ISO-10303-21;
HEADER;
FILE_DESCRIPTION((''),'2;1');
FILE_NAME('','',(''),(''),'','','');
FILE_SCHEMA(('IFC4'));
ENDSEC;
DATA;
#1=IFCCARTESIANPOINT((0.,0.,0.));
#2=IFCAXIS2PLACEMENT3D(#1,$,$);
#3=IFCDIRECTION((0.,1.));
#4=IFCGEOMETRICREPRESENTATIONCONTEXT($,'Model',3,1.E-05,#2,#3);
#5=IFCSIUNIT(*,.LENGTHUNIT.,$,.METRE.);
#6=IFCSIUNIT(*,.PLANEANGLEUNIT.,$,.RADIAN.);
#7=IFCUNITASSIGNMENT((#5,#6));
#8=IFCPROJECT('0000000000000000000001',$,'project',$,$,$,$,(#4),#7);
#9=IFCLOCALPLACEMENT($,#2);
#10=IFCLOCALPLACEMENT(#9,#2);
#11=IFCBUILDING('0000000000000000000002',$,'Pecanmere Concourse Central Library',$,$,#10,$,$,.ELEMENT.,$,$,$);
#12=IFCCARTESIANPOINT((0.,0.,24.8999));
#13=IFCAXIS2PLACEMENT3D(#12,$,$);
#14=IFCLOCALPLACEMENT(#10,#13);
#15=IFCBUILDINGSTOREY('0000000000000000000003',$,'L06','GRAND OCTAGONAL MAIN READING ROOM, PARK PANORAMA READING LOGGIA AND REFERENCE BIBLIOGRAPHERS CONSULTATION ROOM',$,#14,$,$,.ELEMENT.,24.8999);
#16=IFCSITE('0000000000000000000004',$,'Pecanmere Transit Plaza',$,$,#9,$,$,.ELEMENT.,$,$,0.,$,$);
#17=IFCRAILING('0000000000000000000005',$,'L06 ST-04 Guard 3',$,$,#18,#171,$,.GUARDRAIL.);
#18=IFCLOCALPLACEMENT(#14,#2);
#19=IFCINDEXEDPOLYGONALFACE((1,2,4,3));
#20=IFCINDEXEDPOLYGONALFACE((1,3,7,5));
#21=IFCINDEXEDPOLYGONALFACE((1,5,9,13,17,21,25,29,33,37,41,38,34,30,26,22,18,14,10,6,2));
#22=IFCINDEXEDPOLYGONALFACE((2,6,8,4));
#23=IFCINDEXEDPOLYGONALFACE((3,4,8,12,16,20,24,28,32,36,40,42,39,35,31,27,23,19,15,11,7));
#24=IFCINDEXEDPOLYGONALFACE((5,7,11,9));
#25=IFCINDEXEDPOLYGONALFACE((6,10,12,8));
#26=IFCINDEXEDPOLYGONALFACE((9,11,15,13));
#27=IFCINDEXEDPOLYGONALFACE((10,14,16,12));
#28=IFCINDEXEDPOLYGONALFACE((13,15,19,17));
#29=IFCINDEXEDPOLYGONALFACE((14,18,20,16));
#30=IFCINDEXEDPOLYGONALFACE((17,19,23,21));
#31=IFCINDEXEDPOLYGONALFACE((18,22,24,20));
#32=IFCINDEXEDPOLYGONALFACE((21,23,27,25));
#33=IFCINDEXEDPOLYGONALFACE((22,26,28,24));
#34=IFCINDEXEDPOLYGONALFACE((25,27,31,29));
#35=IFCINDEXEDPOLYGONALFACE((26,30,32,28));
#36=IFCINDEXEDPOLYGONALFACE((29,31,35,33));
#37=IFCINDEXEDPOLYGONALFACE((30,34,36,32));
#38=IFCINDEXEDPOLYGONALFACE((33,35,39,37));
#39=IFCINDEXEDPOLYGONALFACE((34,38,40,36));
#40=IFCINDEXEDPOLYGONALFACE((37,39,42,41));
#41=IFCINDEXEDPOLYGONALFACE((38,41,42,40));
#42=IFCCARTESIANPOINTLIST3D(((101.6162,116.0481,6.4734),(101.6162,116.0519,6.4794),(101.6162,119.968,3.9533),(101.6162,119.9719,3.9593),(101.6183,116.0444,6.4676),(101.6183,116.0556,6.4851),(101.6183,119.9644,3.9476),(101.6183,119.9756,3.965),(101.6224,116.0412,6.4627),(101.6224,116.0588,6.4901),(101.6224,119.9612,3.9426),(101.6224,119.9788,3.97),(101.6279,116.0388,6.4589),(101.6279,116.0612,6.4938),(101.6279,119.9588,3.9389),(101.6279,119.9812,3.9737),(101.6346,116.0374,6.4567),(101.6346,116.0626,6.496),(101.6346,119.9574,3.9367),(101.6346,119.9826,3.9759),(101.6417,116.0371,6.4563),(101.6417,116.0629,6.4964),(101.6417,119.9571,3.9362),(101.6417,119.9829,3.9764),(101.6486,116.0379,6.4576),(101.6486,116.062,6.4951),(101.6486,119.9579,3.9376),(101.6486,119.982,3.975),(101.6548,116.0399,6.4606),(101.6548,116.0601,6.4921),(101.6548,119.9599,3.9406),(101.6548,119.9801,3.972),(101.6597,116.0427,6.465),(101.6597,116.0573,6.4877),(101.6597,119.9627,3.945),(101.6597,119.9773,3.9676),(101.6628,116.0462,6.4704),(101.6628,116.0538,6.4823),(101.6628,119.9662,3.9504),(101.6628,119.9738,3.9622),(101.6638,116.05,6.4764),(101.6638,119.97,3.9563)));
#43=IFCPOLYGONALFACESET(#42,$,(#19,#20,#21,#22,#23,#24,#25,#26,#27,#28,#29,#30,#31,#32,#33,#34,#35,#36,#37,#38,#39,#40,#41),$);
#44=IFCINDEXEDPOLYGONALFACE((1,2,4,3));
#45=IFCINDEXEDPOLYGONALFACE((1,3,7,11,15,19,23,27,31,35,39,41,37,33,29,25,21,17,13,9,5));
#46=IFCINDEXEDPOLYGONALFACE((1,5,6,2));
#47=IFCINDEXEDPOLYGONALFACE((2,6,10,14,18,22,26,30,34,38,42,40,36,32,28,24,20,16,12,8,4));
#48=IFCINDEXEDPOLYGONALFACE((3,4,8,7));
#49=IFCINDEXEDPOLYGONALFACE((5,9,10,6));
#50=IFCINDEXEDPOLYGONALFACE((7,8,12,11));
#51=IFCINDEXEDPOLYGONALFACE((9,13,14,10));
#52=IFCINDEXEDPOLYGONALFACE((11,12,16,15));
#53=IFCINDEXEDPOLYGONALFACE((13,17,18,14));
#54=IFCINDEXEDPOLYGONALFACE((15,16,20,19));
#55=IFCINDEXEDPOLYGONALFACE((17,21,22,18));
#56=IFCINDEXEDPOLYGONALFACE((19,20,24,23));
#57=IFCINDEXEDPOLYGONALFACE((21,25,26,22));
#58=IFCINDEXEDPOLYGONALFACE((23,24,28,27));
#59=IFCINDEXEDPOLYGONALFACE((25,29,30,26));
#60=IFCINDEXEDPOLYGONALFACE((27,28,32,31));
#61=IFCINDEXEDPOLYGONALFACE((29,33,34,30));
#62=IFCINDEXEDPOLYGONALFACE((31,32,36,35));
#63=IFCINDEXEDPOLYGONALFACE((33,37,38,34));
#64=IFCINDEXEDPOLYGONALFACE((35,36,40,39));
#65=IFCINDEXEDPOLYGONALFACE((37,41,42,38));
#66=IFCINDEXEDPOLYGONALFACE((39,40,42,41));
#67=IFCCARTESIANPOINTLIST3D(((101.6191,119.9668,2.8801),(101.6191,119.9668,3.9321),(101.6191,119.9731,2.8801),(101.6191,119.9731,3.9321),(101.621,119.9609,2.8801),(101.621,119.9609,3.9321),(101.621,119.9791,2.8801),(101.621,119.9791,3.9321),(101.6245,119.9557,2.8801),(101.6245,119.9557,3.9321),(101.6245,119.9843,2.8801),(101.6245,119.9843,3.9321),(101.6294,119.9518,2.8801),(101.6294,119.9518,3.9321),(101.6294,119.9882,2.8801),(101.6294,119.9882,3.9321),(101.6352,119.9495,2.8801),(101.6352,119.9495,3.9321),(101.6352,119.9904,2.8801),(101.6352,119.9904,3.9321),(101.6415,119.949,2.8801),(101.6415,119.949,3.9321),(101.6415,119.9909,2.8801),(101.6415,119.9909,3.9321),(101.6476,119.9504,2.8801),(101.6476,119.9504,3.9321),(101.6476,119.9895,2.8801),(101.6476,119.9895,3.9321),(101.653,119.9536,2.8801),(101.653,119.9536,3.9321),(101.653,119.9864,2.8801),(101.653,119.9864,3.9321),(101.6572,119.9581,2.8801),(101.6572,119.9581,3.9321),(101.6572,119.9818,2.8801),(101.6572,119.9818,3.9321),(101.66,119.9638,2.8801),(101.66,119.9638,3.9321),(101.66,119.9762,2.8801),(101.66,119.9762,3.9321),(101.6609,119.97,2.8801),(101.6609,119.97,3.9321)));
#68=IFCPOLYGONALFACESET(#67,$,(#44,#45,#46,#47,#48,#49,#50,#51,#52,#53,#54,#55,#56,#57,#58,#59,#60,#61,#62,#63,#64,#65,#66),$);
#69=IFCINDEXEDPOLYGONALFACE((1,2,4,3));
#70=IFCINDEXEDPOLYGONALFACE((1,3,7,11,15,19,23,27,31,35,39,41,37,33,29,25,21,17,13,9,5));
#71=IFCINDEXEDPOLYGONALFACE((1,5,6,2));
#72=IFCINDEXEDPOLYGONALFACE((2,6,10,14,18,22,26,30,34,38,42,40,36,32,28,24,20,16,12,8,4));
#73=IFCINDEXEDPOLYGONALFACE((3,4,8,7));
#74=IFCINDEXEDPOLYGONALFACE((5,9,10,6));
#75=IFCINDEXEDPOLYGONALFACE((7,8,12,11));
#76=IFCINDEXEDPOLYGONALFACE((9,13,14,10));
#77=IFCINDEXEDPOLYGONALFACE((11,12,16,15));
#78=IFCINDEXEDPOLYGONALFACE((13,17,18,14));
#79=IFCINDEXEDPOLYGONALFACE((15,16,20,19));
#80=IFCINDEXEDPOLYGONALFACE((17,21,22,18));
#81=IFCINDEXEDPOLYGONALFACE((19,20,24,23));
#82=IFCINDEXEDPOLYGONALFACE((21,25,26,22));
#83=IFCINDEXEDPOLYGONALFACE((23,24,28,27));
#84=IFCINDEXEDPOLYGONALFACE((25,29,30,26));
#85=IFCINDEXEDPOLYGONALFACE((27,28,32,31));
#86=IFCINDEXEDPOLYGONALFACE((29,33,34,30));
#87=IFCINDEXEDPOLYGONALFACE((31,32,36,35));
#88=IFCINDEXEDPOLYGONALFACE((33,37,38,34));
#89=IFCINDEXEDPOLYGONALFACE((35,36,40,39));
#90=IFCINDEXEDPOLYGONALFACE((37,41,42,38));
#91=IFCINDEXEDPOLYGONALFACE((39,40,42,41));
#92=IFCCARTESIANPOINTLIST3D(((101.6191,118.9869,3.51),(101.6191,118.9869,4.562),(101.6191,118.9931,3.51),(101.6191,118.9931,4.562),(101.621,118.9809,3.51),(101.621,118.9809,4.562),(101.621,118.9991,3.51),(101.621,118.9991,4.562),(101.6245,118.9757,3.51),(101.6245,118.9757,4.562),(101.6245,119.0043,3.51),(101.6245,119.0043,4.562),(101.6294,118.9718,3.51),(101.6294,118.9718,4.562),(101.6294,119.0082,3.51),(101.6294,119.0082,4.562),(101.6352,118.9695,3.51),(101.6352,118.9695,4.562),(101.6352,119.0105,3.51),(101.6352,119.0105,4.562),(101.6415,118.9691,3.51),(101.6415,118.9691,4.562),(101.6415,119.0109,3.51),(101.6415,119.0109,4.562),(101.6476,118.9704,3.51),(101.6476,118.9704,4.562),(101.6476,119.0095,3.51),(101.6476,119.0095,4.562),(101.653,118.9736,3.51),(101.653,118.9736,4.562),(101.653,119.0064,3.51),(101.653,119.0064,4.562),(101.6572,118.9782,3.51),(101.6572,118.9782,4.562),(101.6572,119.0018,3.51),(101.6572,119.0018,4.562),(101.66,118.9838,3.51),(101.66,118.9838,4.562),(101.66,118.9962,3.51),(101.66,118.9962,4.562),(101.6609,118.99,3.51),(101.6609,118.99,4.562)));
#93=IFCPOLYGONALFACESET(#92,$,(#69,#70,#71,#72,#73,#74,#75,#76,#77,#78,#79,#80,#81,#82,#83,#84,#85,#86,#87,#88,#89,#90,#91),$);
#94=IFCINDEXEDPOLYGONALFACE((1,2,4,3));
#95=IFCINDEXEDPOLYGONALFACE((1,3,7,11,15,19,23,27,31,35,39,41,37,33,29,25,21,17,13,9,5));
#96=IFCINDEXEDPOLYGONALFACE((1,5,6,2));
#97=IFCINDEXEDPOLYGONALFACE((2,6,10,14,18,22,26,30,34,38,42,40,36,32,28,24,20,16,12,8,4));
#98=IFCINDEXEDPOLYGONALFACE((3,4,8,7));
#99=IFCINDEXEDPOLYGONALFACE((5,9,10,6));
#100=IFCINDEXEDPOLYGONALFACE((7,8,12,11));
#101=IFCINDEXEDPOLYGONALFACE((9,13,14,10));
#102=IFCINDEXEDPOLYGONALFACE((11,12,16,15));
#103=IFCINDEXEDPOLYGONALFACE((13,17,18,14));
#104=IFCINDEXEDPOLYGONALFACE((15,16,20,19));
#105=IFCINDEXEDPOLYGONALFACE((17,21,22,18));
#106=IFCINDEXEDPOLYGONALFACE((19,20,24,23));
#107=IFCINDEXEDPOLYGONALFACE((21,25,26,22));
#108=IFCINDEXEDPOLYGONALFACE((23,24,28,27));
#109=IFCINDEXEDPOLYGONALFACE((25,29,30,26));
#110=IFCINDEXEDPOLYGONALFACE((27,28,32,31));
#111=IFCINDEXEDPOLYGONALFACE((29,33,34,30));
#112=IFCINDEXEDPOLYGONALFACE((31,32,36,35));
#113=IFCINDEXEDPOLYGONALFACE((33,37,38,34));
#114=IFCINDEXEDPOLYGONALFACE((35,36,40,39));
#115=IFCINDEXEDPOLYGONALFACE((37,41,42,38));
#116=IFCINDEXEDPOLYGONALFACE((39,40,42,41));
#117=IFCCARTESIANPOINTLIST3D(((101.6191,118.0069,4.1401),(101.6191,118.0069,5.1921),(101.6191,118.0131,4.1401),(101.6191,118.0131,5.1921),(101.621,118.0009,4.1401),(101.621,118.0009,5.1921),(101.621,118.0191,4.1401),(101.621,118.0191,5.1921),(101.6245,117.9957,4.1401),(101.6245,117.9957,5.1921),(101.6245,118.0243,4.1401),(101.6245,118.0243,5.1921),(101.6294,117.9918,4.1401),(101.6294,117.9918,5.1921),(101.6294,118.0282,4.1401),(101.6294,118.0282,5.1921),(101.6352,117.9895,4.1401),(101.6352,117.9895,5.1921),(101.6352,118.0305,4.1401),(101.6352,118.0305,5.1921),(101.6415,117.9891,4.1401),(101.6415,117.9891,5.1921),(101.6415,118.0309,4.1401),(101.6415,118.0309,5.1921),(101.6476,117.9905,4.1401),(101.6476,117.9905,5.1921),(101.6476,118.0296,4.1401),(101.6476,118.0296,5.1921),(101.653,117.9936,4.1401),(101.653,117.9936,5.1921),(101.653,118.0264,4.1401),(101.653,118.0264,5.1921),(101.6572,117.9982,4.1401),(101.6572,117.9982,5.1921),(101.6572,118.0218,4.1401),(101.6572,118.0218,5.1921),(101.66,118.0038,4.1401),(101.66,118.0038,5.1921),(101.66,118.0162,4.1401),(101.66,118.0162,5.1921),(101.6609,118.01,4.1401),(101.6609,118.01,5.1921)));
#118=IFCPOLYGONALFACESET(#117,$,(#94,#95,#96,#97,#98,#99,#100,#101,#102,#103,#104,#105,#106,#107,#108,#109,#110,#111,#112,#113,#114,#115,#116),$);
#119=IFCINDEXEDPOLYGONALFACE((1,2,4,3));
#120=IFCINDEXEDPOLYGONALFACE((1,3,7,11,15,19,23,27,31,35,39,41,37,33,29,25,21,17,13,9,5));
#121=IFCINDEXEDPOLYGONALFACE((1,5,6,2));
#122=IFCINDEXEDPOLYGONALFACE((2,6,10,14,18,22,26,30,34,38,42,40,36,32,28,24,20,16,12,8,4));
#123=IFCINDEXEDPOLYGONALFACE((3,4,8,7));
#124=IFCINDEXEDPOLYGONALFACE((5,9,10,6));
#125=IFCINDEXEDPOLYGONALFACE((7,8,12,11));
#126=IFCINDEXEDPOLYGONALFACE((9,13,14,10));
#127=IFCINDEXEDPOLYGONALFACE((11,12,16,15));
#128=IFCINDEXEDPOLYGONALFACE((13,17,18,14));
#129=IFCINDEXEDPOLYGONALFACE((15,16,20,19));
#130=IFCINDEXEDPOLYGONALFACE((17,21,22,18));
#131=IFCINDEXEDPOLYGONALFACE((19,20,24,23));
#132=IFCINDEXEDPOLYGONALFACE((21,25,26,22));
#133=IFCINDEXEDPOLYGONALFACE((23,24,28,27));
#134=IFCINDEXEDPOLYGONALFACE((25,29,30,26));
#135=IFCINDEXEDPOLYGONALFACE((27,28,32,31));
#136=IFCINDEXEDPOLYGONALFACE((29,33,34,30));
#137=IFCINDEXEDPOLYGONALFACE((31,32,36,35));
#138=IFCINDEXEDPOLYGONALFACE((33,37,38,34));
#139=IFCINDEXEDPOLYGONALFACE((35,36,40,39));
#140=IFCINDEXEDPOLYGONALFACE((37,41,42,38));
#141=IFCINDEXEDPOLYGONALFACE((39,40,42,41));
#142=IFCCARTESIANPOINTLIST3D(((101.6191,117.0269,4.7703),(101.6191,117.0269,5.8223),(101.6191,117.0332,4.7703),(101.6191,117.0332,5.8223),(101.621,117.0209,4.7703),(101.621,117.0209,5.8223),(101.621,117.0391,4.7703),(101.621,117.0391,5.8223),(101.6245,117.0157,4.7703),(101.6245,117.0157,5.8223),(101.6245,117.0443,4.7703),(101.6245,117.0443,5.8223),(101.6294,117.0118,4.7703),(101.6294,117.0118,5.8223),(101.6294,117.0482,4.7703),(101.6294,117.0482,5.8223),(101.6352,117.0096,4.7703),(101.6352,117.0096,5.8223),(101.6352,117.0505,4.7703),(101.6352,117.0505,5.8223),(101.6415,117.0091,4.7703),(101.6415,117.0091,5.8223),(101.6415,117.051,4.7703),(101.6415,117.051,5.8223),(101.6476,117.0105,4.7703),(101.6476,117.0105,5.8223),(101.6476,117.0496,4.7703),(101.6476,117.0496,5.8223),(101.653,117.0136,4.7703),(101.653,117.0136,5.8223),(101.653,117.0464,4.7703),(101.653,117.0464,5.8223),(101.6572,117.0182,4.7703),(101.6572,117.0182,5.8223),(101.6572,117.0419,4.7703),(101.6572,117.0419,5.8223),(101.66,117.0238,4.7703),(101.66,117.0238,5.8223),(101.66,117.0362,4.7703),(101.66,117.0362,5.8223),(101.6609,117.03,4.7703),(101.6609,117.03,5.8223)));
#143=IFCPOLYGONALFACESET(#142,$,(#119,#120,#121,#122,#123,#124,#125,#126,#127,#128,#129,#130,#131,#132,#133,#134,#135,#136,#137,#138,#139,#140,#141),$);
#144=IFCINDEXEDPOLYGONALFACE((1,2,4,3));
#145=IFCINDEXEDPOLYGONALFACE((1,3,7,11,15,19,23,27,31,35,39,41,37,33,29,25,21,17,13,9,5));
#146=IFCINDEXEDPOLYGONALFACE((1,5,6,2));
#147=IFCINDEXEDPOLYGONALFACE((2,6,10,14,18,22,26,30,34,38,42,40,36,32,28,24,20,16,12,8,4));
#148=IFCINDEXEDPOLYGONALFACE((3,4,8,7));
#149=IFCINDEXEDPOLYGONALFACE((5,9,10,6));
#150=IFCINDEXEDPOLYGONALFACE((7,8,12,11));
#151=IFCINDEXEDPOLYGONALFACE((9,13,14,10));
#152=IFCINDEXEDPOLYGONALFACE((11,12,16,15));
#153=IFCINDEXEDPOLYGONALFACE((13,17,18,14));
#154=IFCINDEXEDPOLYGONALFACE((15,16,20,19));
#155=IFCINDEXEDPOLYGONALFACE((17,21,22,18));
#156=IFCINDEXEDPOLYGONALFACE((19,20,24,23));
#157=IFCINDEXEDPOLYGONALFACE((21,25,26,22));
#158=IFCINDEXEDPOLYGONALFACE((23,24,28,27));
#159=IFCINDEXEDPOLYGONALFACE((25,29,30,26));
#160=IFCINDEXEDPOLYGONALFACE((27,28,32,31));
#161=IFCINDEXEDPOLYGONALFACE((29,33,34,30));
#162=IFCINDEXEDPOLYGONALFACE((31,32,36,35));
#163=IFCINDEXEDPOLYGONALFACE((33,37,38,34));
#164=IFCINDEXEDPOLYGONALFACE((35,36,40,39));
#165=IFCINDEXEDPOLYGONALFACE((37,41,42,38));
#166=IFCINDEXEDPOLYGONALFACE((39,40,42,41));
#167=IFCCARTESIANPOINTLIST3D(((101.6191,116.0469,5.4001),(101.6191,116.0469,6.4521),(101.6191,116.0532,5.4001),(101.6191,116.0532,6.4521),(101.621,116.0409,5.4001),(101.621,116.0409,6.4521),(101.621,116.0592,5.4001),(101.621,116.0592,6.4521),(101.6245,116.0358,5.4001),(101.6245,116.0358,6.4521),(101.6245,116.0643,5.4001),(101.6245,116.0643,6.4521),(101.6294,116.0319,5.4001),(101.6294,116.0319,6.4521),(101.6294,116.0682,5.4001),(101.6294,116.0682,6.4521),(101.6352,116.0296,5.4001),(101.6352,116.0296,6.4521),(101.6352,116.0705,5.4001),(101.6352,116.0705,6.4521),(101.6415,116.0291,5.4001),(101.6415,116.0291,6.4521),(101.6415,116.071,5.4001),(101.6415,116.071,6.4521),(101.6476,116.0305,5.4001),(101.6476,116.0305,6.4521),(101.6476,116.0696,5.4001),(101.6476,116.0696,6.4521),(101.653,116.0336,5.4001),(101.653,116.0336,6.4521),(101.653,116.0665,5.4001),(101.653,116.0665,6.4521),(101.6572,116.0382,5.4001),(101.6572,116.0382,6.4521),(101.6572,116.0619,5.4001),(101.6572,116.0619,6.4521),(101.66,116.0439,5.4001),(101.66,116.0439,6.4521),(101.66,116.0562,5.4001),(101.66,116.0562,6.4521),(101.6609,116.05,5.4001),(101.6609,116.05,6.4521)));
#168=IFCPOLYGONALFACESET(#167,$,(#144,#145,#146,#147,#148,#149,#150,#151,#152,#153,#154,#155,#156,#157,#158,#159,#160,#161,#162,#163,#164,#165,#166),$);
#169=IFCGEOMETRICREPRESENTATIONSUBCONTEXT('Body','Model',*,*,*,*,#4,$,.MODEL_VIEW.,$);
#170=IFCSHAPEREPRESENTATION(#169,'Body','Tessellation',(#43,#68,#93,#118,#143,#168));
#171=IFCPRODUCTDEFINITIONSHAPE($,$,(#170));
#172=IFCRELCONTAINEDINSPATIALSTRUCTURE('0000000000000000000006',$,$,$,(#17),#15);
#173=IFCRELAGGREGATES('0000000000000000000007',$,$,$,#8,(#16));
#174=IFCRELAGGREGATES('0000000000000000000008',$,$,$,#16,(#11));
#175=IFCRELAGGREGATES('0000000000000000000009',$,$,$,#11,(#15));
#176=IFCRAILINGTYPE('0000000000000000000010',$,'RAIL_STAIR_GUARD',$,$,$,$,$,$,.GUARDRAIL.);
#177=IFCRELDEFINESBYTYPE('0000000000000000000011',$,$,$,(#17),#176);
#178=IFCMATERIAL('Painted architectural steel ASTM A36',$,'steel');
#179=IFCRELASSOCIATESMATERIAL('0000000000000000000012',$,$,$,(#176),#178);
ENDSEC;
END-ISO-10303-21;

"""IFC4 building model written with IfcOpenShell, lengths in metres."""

from ifc_helpers import new_model, si_unit, direction, frame, origin, origin_2d, place, context, subcontext, project, spatial, circle, extrude, material, type_object, element, save


model = new_model("IFC4")

# Units and contexts
model_context = context("Model", 3, precision=1e-05, world=origin(), true_north=direction((0.0, 1.0)))
body_context = subcontext(model_context, "Body", "Model", "MODEL_VIEW")
ifc_project = project(units=[si_unit("LENGTHUNIT", "METRE"), si_unit("PLANEANGLEUNIT", "RADIAN")], contexts=[model_context])

# Site, building, storey
site_placement = place(None, origin())
site = spatial("IfcSite", under=ifc_project, at=site_placement, Name="Pecanmere Transit Plaza", CompositionType="ELEMENT", RefElevation=0.0)
building_placement = place(site_placement, origin())
building = spatial("IfcBuilding", under=site, at=building_placement, Name="Pecanmere Concourse Central Library", CompositionType="ELEMENT")
storey_placement = place(building_placement, frame((0.0, 0.0, 24.8999)))
storey = spatial("IfcBuildingStorey", under=building, at=storey_placement, Name="L06", Description="GRAND OCTAGONAL MAIN READING ROOM, PARK PANORAMA READING LOGGIA AND REFERENCE BIBLIOGRAPHERS CONSULTATION ROOM", CompositionType="ELEMENT", Elevation=24.8999)

# Railing
ifc_material_1 = material(Name="Painted architectural steel ASTM A36", Category="steel")
railing_type_1 = type_object("IfcRailingType", Name="RAIL_STAIR_GUARD", PredefinedType="GUARDRAIL", material=ifc_material_1)
railing_1_placement = place(storey_placement, frame((101.6399, 119.97, 2.8801)))
element("IfcRailing", 1, at=railing_1_placement, inside=storey, type_object=railing_type_1, Name="L06 ST-04 Guard 3", PredefinedType="GUARDRAIL", context=body_context, shape_type="SweptSolid", body=[
    extrude(circle(Radius=0.0239, at=origin_2d()), frame((0.0, 0.0, 1.0762), z_axis=(0.0, -0.841172, 0.540768), x_axis=(1.0, 0.0, 0.0)), (0.0, 0.0, 1.0), 4.6602),
    extrude(circle(Radius=0.021, at=origin_2d()), origin(), (0.0, 0.0, 1.0), 1.052),
    extrude(circle(Radius=0.021, at=origin_2d()), frame((0.0, -0.98, 0.6299)), (0.0, 0.0, 1.0), 1.052),
    extrude(circle(Radius=0.021, at=origin_2d()), frame((0.0, -1.96, 1.26)), (0.0, 0.0, 1.0), 1.052),
    extrude(circle(Radius=0.021, at=origin_2d()), frame((0.0, -2.9399, 1.8901)), (0.0, 0.0, 1.0), 1.052),
    extrude(circle(Radius=0.021, at=origin_2d()), frame((0.0, -3.9199, 2.52)), (0.0, 0.0, 1.0), 1.052),
])

save(model, "model.ifc")
